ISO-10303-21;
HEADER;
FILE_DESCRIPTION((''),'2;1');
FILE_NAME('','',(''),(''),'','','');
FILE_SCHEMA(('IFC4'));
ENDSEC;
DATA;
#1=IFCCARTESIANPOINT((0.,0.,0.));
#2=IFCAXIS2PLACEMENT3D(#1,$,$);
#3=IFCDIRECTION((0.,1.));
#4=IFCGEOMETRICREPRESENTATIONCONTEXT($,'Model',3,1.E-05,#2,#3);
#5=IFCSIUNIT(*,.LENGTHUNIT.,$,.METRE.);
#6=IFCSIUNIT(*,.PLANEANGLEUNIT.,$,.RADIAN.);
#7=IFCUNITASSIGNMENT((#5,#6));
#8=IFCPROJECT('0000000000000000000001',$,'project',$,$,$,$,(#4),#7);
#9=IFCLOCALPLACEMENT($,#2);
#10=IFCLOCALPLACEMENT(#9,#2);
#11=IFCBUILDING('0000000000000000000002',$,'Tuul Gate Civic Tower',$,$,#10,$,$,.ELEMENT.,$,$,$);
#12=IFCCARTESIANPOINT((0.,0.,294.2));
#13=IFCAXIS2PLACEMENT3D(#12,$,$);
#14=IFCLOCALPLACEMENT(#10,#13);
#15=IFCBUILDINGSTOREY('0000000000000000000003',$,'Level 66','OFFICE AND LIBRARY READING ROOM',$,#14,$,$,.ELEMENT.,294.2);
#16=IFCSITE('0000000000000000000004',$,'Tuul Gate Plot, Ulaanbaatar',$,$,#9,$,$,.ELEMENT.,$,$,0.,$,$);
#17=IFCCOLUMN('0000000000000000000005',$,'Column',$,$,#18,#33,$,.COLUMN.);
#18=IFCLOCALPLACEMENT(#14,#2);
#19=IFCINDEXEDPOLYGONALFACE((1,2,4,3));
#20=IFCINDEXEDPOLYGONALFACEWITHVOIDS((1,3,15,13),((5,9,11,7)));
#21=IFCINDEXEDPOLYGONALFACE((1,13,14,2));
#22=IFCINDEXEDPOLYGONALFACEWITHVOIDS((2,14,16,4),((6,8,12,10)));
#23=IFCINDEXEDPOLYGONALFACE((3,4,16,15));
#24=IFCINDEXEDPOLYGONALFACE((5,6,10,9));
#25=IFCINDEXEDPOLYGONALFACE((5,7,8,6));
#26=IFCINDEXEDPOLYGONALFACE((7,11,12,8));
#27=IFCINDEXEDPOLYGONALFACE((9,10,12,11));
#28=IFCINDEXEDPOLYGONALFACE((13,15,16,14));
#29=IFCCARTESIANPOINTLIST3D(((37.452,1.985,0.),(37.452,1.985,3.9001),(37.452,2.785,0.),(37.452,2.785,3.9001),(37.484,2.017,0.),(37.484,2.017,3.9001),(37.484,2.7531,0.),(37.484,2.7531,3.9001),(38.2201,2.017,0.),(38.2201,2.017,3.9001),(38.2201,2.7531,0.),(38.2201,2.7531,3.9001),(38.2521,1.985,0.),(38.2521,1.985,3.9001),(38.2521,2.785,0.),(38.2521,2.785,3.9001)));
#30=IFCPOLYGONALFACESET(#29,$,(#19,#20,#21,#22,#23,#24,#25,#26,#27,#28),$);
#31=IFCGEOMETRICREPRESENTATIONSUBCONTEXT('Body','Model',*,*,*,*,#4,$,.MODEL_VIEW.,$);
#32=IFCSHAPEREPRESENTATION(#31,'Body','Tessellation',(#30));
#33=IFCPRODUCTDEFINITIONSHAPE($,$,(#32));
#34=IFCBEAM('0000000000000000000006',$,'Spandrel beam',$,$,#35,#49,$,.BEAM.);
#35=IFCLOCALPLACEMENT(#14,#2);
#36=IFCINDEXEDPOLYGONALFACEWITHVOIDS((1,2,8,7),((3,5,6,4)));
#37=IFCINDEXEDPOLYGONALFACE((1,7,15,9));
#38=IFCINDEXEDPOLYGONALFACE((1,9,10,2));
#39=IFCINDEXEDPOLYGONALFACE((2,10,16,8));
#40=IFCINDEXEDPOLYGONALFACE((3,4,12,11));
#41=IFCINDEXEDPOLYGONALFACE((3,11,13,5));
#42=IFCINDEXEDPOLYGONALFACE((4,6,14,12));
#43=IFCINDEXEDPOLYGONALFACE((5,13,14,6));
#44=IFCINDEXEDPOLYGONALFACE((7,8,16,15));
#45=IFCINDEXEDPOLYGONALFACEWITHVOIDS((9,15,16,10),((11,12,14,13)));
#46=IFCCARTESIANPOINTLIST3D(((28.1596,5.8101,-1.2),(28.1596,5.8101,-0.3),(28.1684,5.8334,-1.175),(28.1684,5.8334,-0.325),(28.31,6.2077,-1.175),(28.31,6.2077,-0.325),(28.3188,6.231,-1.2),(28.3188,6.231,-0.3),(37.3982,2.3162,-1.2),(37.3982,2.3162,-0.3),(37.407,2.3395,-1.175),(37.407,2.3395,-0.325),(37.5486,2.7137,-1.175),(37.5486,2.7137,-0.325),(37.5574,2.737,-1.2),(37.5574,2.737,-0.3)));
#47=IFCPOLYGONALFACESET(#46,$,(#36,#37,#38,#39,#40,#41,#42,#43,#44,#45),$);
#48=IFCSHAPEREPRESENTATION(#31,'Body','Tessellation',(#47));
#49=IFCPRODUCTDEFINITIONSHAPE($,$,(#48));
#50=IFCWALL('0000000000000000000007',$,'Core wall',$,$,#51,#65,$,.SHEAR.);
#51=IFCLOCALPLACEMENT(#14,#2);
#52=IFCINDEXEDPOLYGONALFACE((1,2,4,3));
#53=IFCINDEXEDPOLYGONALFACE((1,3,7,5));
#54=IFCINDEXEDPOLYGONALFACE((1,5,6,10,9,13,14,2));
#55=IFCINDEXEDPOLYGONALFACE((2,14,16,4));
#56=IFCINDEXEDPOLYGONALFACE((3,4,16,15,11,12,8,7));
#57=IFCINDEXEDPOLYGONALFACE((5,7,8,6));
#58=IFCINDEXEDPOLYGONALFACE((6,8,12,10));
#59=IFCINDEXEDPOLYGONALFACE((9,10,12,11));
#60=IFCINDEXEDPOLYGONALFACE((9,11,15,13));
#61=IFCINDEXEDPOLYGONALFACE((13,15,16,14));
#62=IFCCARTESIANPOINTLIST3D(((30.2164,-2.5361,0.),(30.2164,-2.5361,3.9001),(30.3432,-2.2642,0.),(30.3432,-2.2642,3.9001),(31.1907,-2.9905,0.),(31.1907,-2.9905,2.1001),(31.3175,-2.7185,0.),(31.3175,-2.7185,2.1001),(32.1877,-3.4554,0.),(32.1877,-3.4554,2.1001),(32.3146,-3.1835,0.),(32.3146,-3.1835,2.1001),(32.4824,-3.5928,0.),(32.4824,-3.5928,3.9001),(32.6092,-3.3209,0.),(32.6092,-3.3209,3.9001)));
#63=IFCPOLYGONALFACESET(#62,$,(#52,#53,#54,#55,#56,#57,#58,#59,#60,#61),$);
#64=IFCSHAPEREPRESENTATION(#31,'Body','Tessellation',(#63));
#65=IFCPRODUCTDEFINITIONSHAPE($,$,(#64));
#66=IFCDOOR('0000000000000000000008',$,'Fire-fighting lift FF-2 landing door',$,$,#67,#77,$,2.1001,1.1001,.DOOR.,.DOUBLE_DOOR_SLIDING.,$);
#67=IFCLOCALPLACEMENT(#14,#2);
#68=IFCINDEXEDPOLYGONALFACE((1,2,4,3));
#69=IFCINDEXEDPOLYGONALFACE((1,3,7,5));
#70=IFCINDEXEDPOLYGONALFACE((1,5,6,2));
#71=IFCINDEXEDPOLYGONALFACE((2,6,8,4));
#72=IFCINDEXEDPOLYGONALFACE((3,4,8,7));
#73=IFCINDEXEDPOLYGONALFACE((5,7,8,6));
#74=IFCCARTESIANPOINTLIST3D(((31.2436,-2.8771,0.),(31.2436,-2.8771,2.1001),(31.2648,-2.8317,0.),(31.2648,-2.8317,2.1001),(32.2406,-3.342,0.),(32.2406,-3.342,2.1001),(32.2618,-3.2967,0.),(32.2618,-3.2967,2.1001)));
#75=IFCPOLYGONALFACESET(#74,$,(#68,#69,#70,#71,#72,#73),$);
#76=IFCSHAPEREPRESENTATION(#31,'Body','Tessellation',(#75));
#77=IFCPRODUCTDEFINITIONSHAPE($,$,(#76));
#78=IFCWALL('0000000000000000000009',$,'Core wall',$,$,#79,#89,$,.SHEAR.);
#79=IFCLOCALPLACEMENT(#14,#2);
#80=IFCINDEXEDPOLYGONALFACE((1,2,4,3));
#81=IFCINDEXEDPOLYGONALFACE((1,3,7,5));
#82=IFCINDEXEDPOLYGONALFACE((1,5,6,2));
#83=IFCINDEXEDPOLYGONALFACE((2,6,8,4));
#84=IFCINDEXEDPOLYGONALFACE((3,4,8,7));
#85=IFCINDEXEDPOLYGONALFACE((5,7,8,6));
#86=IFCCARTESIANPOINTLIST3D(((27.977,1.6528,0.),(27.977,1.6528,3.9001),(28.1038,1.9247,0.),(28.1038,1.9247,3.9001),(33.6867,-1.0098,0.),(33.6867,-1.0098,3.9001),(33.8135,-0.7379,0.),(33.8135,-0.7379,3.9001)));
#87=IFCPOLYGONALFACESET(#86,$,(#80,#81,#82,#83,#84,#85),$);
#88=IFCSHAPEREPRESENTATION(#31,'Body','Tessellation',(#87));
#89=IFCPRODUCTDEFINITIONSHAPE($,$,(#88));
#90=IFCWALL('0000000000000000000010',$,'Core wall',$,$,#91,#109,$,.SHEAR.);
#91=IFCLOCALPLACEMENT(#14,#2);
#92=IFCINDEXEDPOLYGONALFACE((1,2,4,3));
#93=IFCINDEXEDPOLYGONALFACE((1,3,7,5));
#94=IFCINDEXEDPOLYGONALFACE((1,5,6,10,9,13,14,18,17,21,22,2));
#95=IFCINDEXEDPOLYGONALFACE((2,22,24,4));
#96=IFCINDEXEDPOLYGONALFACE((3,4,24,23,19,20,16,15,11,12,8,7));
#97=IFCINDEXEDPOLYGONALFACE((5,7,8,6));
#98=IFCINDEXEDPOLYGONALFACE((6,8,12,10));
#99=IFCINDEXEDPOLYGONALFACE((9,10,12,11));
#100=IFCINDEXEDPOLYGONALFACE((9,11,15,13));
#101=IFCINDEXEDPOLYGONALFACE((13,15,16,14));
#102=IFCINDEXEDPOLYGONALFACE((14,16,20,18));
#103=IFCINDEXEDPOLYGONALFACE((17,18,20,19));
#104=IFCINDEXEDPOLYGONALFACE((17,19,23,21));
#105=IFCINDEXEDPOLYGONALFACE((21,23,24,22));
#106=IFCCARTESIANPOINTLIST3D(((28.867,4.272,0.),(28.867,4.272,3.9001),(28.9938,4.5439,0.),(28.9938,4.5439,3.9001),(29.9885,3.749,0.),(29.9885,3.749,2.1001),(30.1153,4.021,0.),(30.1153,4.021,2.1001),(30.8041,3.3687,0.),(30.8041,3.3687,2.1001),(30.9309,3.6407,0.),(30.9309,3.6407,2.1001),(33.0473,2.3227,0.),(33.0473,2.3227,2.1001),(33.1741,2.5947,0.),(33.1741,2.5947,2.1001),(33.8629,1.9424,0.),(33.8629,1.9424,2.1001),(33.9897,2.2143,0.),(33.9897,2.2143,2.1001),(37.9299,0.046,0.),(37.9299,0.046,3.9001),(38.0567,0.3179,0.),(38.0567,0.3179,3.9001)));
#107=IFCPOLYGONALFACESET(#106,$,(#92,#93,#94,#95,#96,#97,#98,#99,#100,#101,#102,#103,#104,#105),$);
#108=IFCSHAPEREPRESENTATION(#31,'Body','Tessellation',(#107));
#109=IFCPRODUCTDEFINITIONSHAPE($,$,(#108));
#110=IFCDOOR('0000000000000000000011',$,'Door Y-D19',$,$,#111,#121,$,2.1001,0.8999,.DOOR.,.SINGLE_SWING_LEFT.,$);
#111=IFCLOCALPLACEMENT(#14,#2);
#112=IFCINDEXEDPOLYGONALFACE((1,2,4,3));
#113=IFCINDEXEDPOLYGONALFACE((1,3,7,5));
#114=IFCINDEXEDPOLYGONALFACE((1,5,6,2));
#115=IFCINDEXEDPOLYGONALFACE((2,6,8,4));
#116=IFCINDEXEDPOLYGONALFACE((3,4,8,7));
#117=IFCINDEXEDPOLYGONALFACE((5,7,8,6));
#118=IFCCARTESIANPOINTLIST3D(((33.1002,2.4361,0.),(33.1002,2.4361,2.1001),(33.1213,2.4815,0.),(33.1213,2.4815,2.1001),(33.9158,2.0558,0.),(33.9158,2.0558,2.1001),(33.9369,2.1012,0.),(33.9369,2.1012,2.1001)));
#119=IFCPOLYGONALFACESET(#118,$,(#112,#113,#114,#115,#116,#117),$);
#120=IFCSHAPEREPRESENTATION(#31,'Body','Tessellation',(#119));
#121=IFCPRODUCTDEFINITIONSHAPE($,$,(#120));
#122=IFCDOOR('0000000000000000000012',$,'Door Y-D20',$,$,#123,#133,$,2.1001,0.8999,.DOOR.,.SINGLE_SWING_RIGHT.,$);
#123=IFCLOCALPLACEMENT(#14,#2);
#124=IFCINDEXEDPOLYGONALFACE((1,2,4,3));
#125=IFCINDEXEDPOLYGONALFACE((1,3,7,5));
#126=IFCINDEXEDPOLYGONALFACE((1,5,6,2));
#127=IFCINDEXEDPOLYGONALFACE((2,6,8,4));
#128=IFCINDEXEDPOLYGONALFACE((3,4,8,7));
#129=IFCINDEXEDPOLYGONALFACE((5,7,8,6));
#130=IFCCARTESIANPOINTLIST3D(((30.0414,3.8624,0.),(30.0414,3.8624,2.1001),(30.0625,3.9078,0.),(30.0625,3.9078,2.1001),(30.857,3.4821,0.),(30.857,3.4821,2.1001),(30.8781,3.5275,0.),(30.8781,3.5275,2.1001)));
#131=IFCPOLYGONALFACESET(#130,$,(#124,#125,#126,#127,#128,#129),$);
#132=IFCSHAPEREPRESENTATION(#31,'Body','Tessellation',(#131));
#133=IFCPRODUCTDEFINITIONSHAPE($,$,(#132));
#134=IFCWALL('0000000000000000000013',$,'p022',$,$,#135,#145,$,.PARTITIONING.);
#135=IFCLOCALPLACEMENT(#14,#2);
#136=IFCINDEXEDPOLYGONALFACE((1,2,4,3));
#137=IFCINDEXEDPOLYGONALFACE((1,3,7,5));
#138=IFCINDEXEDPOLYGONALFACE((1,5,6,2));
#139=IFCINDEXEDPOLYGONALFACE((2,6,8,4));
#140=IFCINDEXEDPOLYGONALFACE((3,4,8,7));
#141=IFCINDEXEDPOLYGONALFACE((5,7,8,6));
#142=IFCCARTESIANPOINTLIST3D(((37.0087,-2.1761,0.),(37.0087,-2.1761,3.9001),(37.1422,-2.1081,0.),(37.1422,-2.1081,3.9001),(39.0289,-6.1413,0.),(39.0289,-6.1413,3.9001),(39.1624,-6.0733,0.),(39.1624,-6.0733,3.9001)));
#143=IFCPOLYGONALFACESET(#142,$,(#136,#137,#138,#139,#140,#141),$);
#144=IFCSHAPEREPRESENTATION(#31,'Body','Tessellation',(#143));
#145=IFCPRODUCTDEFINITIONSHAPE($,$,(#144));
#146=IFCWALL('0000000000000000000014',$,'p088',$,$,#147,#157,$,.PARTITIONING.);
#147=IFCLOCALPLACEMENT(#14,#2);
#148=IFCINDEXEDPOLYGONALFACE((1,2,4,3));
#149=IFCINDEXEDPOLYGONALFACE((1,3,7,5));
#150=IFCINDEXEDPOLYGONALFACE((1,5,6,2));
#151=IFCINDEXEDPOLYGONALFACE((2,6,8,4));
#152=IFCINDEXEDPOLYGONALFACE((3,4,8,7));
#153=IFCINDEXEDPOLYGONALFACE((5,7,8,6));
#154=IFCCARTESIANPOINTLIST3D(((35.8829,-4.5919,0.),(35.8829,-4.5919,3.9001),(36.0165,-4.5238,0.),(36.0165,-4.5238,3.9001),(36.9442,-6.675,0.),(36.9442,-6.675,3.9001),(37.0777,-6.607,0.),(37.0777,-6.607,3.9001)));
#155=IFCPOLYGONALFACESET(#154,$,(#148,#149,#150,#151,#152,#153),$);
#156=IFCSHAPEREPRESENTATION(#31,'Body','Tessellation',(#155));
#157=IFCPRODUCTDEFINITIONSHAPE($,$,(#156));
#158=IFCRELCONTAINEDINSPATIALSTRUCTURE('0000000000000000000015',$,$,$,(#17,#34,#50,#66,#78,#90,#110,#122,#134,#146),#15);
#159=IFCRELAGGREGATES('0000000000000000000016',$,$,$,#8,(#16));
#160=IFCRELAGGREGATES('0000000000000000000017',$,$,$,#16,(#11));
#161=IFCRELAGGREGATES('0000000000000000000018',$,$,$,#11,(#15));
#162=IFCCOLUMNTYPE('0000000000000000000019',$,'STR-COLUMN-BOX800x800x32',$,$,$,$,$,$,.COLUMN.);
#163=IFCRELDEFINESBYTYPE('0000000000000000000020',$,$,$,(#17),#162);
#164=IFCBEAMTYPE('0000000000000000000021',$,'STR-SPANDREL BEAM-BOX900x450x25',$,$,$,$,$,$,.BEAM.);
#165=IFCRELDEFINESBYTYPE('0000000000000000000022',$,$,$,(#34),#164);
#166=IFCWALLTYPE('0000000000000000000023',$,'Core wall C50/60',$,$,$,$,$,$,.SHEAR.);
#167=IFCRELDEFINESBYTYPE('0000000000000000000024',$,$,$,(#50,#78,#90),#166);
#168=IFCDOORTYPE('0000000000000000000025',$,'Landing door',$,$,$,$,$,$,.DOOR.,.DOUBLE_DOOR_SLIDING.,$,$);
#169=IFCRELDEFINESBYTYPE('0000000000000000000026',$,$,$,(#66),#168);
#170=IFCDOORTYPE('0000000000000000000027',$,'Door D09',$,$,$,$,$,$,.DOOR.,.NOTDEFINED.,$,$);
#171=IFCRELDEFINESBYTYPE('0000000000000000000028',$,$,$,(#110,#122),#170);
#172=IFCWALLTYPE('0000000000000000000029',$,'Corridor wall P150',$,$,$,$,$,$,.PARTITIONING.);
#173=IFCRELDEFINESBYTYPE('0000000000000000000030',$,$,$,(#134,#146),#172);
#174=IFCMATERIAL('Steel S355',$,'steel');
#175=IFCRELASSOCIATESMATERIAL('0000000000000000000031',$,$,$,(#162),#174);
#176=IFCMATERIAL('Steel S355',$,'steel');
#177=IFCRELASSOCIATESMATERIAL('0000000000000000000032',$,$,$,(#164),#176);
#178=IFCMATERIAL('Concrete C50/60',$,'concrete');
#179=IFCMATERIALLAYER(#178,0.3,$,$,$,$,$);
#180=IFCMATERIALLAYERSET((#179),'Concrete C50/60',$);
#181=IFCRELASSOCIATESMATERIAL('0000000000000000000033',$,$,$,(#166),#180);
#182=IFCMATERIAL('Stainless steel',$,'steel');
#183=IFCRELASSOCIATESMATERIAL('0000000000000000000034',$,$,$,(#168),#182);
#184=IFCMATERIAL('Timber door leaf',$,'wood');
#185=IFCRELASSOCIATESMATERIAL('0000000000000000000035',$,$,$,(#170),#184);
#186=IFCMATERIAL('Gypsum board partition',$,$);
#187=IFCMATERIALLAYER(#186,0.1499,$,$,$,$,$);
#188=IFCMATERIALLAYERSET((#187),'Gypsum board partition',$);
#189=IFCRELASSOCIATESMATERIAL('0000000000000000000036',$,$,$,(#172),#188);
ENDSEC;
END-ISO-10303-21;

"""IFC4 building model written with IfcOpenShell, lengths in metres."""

from ifc_helpers import new_model, si_unit, direction, frame, frame_2d, origin, origin_2d, place, context, subcontext, project, spatial, rectangle, hollow_rectangle, extrude, material, layer, layer_set, material_profile, profile_set, type_object, element, fill, save


model = new_model("IFC4")

# Units and contexts
model_context = context("Model", 3, precision=1e-05, world=origin(), true_north=direction((0.0, 1.0)))
body_context = subcontext(model_context, "Body", "Model", "MODEL_VIEW")
ifc_project = project(units=[si_unit("LENGTHUNIT", "METRE"), si_unit("PLANEANGLEUNIT", "RADIAN")], contexts=[model_context])

# Site, building, storey
site_placement = place(None, origin())
site = spatial("IfcSite", under=ifc_project, at=site_placement, Name="Tuul Gate Plot, Ulaanbaatar", CompositionType="ELEMENT", RefElevation=0.0)
building_placement = place(site_placement, origin())
building = spatial("IfcBuilding", under=site, at=building_placement, Name="Tuul Gate Civic Tower", CompositionType="ELEMENT")
storey_placement = place(building_placement, frame((0.0, 0.0, 294.2)))
storey = spatial("IfcBuildingStorey", under=building, at=storey_placement, Name="Level 66", Description="OFFICE AND LIBRARY READING ROOM", CompositionType="ELEMENT", Elevation=294.2)

# Column
ifc_material_1 = material(Name="Steel S355", Category="steel")
ifc_material_profile_1 = material_profile(ifc_material_1, hollow_rectangle(XDim=0.8, YDim=0.8, WallThickness=0.032, at=origin_2d()), Name="BOX800x800x32")
ifc_profile_set_1 = profile_set([ifc_material_profile_1], Name="Steel S355")
column_type = type_object("IfcColumnType", Name="STR-COLUMN-BOX800x800x32", PredefinedType="COLUMN", material=ifc_profile_set_1)
column_placement = place(storey_placement, frame((37.8521, 2.385, 0.0), z_axis=(0.0, 0.0, 1.0), x_axis=(1.0, 0.0, 0.0)))
element("IfcColumn", 1, at=column_placement, inside=storey, type_object=column_type, Name="Column", PredefinedType="COLUMN", context=body_context, shape_type="SweptSolid", body=[
    extrude(hollow_rectangle(XDim=0.8, YDim=0.8, WallThickness=0.032, at=origin_2d()), origin(), (0.0, 0.0, 1.0), 3.9001),
])

# Beam
ifc_material_2 = material(Name="Steel S355", Category="steel")
ifc_material_profile_2 = material_profile(ifc_material_2, hollow_rectangle(XDim=0.45, YDim=0.8999, WallThickness=0.0249, at=origin_2d()), Name="BOX900x450x25")
ifc_profile_set_2 = profile_set([ifc_material_profile_2], Name="Steel S355")
beam_type = type_object("IfcBeamType", Name="STR-SPANDREL BEAM-BOX900x450x25", PredefinedType="BEAM", material=ifc_profile_set_2)
beam_placement = place(storey_placement, frame((37.4778, 2.5266, -0.75), z_axis=(-0.935345, 0.353736, 0.0), x_axis=(-0.353736, -0.935345, 0.0)))
element("IfcBeam", 2, at=beam_placement, inside=storey, type_object=beam_type, Name="Spandrel beam", PredefinedType="BEAM", context=body_context, shape_type="SweptSolid", body=[
    extrude(hollow_rectangle(XDim=0.45, YDim=0.8999, WallThickness=0.0249, at=origin_2d()), origin(), (0.0, 0.0, 1.0), 9.8772),
])

# Wall, opening, door
ifc_material_3 = material(Name="Concrete C50/60", Category="concrete")
ifc_layer_1 = layer(ifc_material_3, 0.3)
ifc_layer_set_1 = layer_set([ifc_layer_1], Name="Concrete C50/60")
wall_type_1 = type_object("IfcWallType", Name="Core wall C50/60", PredefinedType="SHEAR", material=ifc_layer_set_1)
wall_1_placement = place(storey_placement, frame((32.5457, -3.4568, 0.0), z_axis=(0.0, 0.0, 1.0), x_axis=(-0.9063, 0.422634, 0.0)))
wall_1 = element("IfcWall", 3, at=wall_1_placement, inside=storey, type_object=wall_type_1, Name="Core wall", PredefinedType="SHEAR", context=body_context, shape_type="SweptSolid", body=[
    extrude(rectangle(XDim=2.5002, YDim=0.3, at=frame_2d((1.25, 0.0))), origin(), (0.0, 0.0, 1.0), 3.9001),
])
opening_1_placement = place(wall_1_placement, frame((0.325, 0.0, 0.0)))
opening_1 = element("IfcOpeningElement", 4, at=opening_1_placement, cuts=wall_1, PredefinedType="OPENING", context=body_context, shape_type="SweptSolid", body=[
    extrude(rectangle(XDim=1.1001, YDim=2.1001, at=frame_2d((0.55, 1.05))), frame((0.0, 0.1602, 0.0), z_axis=(0.0, -1.0, 0.0), x_axis=(1.0, 0.0, 0.0)), (0.0, 0.0, 1.0), 0.3201),
])
ifc_material_4 = material(Name="Stainless steel", Category="steel")
door_type_1 = type_object("IfcDoorType", Name="Landing door", OperationType="DOUBLE_DOOR_SLIDING", PredefinedType="DOOR", material=ifc_material_4)
door_1_placement = place(opening_1_placement, origin())
door_1 = element("IfcDoor", 5, at=door_1_placement, inside=storey, type_object=door_type_1, Name="Fire-fighting lift FF-2 landing door", OperationType="DOUBLE_DOOR_SLIDING", OverallHeight=2.1001, OverallWidth=1.1001, PredefinedType="DOOR", context=body_context, shape_type="SweptSolid", body=[
    extrude(rectangle(XDim=1.1001, YDim=2.1001, at=frame_2d((0.55, 1.05))), frame((0.0, 0.0249, 0.0), z_axis=(0.0, -1.0, 0.0), x_axis=(1.0, 0.0, 0.0)), (0.0, 0.0, 1.0), 0.05),
])
fill(opening_1, door_1)

# Wall
wall_2_placement = place(storey_placement, frame((33.75, -0.8738, 0.0), z_axis=(0.0, 0.0, 1.0), x_axis=(-0.906301, 0.422633, 0.0)))
element("IfcWall", 6, at=wall_2_placement, inside=storey, type_object=wall_type_1, Name="Core wall", PredefinedType="SHEAR", context=body_context, shape_type="SweptSolid", body=[
    extrude(rectangle(XDim=6.3, YDim=0.3, at=frame_2d((3.1499, 0.0))), origin(), (0.0, 0.0, 1.0), 3.9001),
])

# Wall, openings, doors
wall_3_placement = place(storey_placement, frame((37.9934, 0.1819, 0.0), z_axis=(0.0, 0.0, 1.0), x_axis=(-0.90631, 0.422613, 0.0)))
wall_3 = element("IfcWall", 7, at=wall_3_placement, inside=storey, type_object=wall_type_1, Name="Core wall", PredefinedType="SHEAR", context=body_context, shape_type="SweptSolid", body=[
    extrude(rectangle(XDim=9.9998, YDim=0.3, at=frame_2d((5.0, 0.0))), origin(), (0.0, 0.0, 1.0), 3.9001),
])
opening_2_placement = place(wall_3_placement, frame((4.4875, 0.0, 0.0)))
opening_2 = element("IfcOpeningElement", 8, at=opening_2_placement, cuts=wall_3, PredefinedType="OPENING", context=body_context, shape_type="SweptSolid", body=[
    extrude(rectangle(XDim=0.8999, YDim=2.1001, at=frame_2d((0.45, 1.05))), frame((0.0, 0.1602, 0.0), z_axis=(0.0, -1.0, 0.0), x_axis=(1.0, 0.0, 0.0)), (0.0, 0.0, 1.0), 0.3201),
])
opening_3_placement = place(wall_3_placement, frame((7.8625, 0.0, 0.0)))
opening_3 = element("IfcOpeningElement", 9, at=opening_3_placement, cuts=wall_3, PredefinedType="OPENING", context=body_context, shape_type="SweptSolid", body=[
    extrude(rectangle(XDim=0.8999, YDim=2.1001, at=frame_2d((0.45, 1.05))), frame((0.0, 0.1602, 0.0), z_axis=(0.0, -1.0, 0.0), x_axis=(1.0, 0.0, 0.0)), (0.0, 0.0, 1.0), 0.3201),
])
ifc_material_5 = material(Name="Timber door leaf", Category="wood")
door_type_2 = type_object("IfcDoorType", Name="Door D09", OperationType="NOTDEFINED", PredefinedType="DOOR", material=ifc_material_5)
door_2_placement = place(opening_2_placement, origin())
door_2 = element("IfcDoor", 10, at=door_2_placement, inside=storey, type_object=door_type_2, Name="Door Y-D19", OperationType="SINGLE_SWING_LEFT", OverallHeight=2.1001, OverallWidth=0.8999, PredefinedType="DOOR", context=body_context, shape_type="SweptSolid", body=[
    extrude(rectangle(XDim=0.8999, YDim=2.1001, at=frame_2d((0.45, 1.05))), frame((0.0, 0.0249, 0.0), z_axis=(0.0, -1.0, 0.0), x_axis=(1.0, 0.0, 0.0)), (0.0, 0.0, 1.0), 0.05),
])
fill(opening_2, door_2)
door_3_placement = place(opening_3_placement, origin())
door_3 = element("IfcDoor", 11, at=door_3_placement, inside=storey, type_object=door_type_2, Name="Door Y-D20", OperationType="SINGLE_SWING_RIGHT", OverallHeight=2.1001, OverallWidth=0.8999, PredefinedType="DOOR", context=body_context, shape_type="SweptSolid", body=[
    extrude(rectangle(XDim=0.8999, YDim=2.1001, at=frame_2d((0.45, 1.05))), frame((0.0, 0.0249, 0.0), z_axis=(0.0, -1.0, 0.0), x_axis=(1.0, 0.0, 0.0)), (0.0, 0.0, 1.0), 0.05),
])
fill(opening_3, door_3)

# Walls
ifc_material_6 = material(Name="Gypsum board partition")
ifc_layer_2 = layer(ifc_material_6, 0.1499)
ifc_layer_set_2 = layer_set([ifc_layer_2], Name="Gypsum board partition")
wall_type_2 = type_object("IfcWallType", Name="Corridor wall P150", PredefinedType="PARTITIONING", material=ifc_layer_set_2)
wall_4_placement = place(storey_placement, frame((37.0754, -2.1421, 0.0), z_axis=(0.0, 0.0, 1.0), x_axis=(0.453959, -0.891022, 0.0)))
element("IfcWall", 12, at=wall_4_placement, inside=storey, type_object=wall_type_2, Name="p022", PredefinedType="PARTITIONING", context=body_context, shape_type="SweptSolid", body=[
    extrude(rectangle(XDim=4.4502, YDim=0.1499, at=frame_2d((2.2251, 0.0))), origin(), (0.0, 0.0, 1.0), 3.9001),
])
wall_5_placement = place(storey_placement, frame((35.9497, -4.5579, 0.0), z_axis=(0.0, 0.0, 1.0), x_axis=(0.453926, -0.891039, 0.0)))
element("IfcWall", 13, at=wall_5_placement, inside=storey, type_object=wall_type_2, Name="p088", PredefinedType="PARTITIONING", context=body_context, shape_type="SweptSolid", body=[
    extrude(rectangle(XDim=2.3379, YDim=0.1499, at=frame_2d((1.1689, 0.0))), origin(), (0.0, 0.0, 1.0), 3.9001),
])

save(model, "model.ifc")
